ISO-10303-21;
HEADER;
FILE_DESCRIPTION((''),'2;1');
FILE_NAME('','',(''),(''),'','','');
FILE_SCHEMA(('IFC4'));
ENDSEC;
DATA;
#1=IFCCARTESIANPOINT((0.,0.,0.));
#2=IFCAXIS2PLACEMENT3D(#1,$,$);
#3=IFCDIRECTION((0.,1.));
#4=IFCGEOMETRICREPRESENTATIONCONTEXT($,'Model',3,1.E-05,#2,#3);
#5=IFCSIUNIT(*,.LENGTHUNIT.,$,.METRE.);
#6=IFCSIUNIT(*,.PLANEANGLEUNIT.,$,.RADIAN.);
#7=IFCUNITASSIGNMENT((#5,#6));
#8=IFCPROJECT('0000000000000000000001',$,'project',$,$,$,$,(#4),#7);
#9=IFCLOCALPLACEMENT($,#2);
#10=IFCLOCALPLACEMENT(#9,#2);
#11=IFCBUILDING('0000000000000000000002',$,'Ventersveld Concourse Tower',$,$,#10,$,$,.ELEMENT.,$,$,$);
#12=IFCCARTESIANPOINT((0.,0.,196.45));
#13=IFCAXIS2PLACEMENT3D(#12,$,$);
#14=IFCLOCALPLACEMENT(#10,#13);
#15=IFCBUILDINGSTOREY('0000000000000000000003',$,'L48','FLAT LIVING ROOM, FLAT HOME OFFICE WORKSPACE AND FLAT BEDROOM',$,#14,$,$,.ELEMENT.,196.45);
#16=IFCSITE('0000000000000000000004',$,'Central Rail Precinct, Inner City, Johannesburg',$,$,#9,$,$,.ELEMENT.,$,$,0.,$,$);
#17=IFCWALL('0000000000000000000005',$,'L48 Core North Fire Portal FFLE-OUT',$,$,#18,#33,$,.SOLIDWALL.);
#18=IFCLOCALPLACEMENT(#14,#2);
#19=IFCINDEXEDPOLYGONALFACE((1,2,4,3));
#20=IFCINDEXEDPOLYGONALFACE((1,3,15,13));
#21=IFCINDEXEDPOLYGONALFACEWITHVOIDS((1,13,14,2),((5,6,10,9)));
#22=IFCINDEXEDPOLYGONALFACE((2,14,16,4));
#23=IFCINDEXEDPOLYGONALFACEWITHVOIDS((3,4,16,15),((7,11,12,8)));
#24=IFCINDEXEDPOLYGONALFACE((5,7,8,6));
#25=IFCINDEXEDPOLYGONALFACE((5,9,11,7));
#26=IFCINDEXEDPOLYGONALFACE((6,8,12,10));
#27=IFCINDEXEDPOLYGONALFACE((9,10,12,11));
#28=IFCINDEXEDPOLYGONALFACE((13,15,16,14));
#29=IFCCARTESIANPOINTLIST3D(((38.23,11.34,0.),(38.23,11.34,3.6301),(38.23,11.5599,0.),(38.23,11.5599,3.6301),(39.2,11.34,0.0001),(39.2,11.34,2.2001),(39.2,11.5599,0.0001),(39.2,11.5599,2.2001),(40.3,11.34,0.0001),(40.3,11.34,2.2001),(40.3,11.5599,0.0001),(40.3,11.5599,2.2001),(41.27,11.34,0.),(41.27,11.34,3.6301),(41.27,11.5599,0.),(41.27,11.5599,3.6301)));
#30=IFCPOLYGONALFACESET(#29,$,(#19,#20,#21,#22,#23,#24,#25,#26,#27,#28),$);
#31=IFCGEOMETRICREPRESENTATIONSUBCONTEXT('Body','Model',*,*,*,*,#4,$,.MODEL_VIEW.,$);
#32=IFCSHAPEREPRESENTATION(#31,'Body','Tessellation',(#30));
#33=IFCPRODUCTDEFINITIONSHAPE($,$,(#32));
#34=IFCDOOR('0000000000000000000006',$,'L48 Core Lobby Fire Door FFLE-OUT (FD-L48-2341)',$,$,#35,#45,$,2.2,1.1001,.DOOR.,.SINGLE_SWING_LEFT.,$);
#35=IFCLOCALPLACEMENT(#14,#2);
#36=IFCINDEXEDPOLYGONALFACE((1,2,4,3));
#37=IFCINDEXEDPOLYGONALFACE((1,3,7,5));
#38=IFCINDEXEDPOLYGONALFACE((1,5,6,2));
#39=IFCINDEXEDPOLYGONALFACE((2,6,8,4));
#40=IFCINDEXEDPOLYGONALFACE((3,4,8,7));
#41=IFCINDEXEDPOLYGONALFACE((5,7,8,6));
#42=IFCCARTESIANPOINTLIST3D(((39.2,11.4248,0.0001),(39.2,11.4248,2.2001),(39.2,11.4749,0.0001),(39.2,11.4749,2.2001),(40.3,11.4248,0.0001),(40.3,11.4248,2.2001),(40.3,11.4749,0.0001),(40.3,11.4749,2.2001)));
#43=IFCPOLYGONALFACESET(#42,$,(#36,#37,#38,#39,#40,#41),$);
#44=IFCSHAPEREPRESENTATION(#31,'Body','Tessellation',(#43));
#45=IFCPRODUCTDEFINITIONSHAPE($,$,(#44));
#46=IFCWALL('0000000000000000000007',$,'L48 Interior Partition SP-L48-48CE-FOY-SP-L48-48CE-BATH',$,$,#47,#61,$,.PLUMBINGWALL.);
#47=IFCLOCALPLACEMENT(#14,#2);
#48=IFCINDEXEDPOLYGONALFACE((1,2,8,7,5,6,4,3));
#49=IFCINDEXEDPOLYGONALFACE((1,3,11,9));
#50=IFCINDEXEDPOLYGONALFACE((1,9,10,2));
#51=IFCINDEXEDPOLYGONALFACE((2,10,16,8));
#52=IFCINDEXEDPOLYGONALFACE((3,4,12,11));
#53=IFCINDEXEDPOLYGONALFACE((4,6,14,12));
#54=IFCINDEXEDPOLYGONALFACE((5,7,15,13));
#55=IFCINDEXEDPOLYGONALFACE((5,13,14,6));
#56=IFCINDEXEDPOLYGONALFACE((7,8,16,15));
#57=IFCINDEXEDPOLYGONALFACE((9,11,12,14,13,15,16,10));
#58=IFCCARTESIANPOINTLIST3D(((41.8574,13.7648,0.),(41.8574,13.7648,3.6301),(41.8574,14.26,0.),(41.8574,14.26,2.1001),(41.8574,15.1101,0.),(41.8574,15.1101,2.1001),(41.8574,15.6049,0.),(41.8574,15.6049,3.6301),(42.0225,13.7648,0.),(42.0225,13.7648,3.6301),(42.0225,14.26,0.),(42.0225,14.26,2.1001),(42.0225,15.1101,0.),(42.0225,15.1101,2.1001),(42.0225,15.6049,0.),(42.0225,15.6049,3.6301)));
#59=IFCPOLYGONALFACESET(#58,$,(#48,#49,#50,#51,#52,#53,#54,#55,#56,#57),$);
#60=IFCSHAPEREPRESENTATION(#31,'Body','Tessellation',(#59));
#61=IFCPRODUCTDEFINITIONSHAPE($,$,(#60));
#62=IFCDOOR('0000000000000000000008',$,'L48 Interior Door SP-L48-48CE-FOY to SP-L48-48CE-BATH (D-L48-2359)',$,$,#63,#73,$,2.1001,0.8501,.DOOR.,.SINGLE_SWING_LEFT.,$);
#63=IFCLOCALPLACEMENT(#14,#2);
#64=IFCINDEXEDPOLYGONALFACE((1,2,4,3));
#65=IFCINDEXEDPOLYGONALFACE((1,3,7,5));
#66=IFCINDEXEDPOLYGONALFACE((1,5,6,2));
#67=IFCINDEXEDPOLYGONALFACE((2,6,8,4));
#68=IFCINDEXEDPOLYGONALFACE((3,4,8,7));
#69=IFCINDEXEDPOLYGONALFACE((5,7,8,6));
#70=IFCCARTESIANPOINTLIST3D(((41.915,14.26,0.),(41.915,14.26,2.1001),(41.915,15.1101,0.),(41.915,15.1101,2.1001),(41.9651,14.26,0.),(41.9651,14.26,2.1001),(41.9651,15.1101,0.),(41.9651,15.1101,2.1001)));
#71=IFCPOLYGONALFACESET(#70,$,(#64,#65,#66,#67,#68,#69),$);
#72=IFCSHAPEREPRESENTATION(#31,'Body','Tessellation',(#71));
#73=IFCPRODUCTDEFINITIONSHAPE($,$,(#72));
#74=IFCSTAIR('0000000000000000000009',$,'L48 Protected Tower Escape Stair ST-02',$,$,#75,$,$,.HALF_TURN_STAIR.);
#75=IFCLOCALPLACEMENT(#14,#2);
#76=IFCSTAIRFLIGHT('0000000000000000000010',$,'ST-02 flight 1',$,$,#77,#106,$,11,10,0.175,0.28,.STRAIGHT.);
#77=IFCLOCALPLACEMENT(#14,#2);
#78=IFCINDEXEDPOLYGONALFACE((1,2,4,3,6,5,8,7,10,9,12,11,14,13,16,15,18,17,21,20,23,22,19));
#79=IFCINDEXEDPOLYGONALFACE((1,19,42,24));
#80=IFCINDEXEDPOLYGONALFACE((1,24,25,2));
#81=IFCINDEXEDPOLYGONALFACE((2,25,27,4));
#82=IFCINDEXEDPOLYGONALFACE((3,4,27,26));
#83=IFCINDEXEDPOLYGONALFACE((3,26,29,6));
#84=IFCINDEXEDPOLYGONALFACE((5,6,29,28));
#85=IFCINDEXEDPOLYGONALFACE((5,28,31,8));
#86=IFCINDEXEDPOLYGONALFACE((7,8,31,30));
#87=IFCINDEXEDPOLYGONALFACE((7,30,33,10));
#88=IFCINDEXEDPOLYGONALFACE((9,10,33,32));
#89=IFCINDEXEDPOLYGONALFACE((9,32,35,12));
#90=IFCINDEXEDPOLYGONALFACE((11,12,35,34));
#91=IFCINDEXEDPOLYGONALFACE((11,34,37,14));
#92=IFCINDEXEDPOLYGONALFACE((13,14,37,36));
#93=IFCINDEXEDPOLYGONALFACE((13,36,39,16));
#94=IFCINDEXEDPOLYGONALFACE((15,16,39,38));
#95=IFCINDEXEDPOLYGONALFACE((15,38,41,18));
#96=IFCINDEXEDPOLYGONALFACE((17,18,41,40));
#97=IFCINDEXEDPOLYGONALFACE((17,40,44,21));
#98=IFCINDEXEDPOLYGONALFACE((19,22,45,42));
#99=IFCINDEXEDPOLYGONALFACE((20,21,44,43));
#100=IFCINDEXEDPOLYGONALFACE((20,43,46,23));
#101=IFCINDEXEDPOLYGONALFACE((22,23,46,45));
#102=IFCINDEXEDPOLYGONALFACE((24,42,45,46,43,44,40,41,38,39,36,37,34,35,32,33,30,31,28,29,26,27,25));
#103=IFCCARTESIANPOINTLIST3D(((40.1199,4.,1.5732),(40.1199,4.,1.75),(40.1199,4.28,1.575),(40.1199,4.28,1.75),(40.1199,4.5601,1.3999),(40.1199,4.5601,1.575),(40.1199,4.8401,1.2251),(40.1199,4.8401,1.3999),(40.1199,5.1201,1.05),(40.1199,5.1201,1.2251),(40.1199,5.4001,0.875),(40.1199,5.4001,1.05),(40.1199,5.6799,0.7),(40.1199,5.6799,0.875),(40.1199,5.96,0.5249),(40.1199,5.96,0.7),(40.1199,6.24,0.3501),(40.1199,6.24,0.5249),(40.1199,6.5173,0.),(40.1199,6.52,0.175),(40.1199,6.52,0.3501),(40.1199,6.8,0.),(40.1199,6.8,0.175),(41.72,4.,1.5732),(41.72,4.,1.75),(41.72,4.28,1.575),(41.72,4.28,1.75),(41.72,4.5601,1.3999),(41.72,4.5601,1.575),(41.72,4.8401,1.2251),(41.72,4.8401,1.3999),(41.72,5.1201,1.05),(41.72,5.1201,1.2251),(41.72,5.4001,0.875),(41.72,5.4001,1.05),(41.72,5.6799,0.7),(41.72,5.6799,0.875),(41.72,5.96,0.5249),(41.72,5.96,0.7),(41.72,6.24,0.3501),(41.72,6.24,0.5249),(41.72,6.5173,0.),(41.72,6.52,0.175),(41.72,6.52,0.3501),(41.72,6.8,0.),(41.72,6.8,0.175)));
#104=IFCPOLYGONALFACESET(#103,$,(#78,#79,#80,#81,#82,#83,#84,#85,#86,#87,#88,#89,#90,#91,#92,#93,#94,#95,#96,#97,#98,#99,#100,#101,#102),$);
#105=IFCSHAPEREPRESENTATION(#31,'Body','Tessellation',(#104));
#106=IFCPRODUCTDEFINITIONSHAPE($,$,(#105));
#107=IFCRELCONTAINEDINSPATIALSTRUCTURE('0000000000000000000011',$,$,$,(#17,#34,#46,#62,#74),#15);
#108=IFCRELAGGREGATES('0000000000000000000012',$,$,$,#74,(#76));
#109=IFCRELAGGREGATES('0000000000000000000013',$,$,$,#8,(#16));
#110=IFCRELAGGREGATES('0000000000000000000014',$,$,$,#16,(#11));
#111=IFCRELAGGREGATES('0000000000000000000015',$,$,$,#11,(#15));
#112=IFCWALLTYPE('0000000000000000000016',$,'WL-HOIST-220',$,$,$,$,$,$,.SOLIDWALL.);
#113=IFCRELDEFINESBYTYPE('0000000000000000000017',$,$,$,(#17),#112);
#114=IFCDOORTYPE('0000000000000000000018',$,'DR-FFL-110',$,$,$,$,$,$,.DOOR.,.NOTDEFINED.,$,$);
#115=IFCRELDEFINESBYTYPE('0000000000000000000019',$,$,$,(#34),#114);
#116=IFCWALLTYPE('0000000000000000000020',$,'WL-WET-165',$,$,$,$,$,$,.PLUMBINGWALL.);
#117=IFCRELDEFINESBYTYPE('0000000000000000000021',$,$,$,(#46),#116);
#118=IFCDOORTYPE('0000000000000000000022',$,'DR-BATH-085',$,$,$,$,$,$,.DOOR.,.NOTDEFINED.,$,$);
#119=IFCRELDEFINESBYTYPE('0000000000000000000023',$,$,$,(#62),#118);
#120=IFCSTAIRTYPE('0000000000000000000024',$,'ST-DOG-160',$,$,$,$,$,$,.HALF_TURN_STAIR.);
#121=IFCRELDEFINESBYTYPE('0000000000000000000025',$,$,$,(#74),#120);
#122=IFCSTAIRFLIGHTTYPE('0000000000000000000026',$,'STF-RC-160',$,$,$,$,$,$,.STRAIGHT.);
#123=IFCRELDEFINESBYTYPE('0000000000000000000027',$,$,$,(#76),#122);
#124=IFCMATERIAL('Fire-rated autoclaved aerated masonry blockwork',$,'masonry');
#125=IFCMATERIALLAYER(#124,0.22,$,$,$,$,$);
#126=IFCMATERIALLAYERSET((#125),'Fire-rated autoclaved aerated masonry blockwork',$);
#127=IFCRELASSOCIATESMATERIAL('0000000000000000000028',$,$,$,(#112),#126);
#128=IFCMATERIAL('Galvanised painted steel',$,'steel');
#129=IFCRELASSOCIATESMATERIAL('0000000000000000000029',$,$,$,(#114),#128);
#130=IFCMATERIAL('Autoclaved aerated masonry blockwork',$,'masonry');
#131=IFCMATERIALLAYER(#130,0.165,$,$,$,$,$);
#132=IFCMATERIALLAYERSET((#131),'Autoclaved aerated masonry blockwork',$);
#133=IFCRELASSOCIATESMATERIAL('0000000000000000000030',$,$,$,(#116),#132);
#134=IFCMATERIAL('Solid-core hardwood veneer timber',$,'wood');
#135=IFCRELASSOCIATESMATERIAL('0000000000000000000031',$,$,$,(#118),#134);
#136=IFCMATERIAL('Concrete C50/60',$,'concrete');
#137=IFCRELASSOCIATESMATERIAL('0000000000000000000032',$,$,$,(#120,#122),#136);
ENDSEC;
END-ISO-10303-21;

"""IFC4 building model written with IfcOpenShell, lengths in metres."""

from ifc_helpers import new_model, si_unit, direction, frame, frame_2d, origin, place, context, subcontext, project, spatial, polyline, rectangle, outline, extrude, material, layer, layer_set, type_object, element, fill, aggregate, save


model = new_model("IFC4")

# Units and contexts
model_context = context("Model", 3, precision=1e-05, world=origin(), true_north=direction((0.0, 1.0)))
body_context = subcontext(model_context, "Body", "Model", "MODEL_VIEW")
ifc_project = project(units=[si_unit("LENGTHUNIT", "METRE"), si_unit("PLANEANGLEUNIT", "RADIAN")], contexts=[model_context])

# Site, building, storey
site_placement = place(None, origin())
site = spatial("IfcSite", under=ifc_project, at=site_placement, Name="Central Rail Precinct, Inner City, Johannesburg", CompositionType="ELEMENT", RefElevation=0.0)
building_placement = place(site_placement, origin())
building = spatial("IfcBuilding", under=site, at=building_placement, Name="Ventersveld Concourse Tower", CompositionType="ELEMENT")
storey_placement = place(building_placement, frame((0.0, 0.0, 196.45)))
storey = spatial("IfcBuildingStorey", under=building, at=storey_placement, Name="L48", Description="FLAT LIVING ROOM, FLAT HOME OFFICE WORKSPACE AND FLAT BEDROOM", CompositionType="ELEMENT", Elevation=196.45)

# Shared definitions
ifc_material_1 = material(Name="Concrete C50/60", Category="concrete")

# Shared definitions
ifc_material_2 = material(Name="Fire-rated autoclaved aerated masonry blockwork", Category="masonry")
ifc_layer_1 = layer(ifc_material_2, 0.22)
ifc_layer_set_1 = layer_set([ifc_layer_1], Name="Fire-rated autoclaved aerated masonry blockwork")
wall_type_1 = type_object("IfcWallType", Name="WL-HOIST-220", PredefinedType="SOLIDWALL", material=ifc_layer_set_1)

# Walls, openings, doors
ifc_material_3 = material(Name="Galvanised painted steel", Category="steel")
wall_1_placement = place(storey_placement, frame((38.23, 11.45, 0.0), z_axis=(0.0, 0.0, 1.0), x_axis=(1.0, 0.0, 0.0)))
wall_1 = element("IfcWall", 1, at=wall_1_placement, inside=storey, type_object=wall_type_1, Name="L48 Core North Fire Portal FFLE-OUT", PredefinedType="SOLIDWALL", context=body_context, shape_type="SweptSolid", body=[
    extrude(rectangle(XDim=3.04, YDim=0.22, at=frame_2d((1.52, 0.0))), origin(), (0.0, 0.0, 1.0), 3.6301),
])
opening_1_placement = place(wall_1_placement, frame((0.97, 0.0, 0.0)))
opening_1 = element("IfcOpeningElement", 2, at=opening_1_placement, cuts=wall_1, PredefinedType="OPENING", context=body_context, shape_type="SweptSolid", body=[
    extrude(rectangle(XDim=1.1001, YDim=2.2, at=frame_2d((0.55, 1.1001))), frame((0.0, 0.1201, 0.0), z_axis=(0.0, -1.0, 0.0), x_axis=(1.0, 0.0, 0.0)), (0.0, 0.0, 1.0), 0.24),
])
door_type_1 = type_object("IfcDoorType", Name="DR-FFL-110", OperationType="NOTDEFINED", PredefinedType="DOOR", material=ifc_material_3)
door_1_placement = place(opening_1_placement, origin())
door_1 = element("IfcDoor", 3, at=door_1_placement, inside=storey, type_object=door_type_1, Name="L48 Core Lobby Fire Door FFLE-OUT (FD-L48-2341)", OperationType="SINGLE_SWING_LEFT", OverallHeight=2.2, OverallWidth=1.1001, PredefinedType="DOOR", context=body_context, shape_type="SweptSolid", body=[
    extrude(rectangle(XDim=1.1001, YDim=2.2, at=frame_2d((0.55, 1.1001))), frame((0.0, 0.0249, 0.0), z_axis=(0.0, -1.0, 0.0), x_axis=(1.0, 0.0, 0.0)), (0.0, 0.0, 1.0), 0.05),
])
fill(opening_1, door_1)
ifc_material_4 = material(Name="Autoclaved aerated masonry blockwork", Category="masonry")
ifc_layer_2 = layer(ifc_material_4, 0.165)
ifc_layer_set_2 = layer_set([ifc_layer_2], Name="Autoclaved aerated masonry blockwork")
wall_type_2 = type_object("IfcWallType", Name="WL-WET-165", PredefinedType="PLUMBINGWALL", material=ifc_layer_set_2)
wall_2_placement = place(storey_placement, frame((41.9399, 13.7649, 0.0), z_axis=(0.0, 0.0, 1.0), x_axis=(0.0, 1.0, 0.0)))
wall_2 = element("IfcWall", 4, at=wall_2_placement, inside=storey, type_object=wall_type_2, Name="L48 Interior Partition SP-L48-48CE-FOY-SP-L48-48CE-BATH", PredefinedType="PLUMBINGWALL", context=body_context, shape_type="SweptSolid", body=[
    extrude(rectangle(XDim=1.8401, YDim=0.165, at=frame_2d((0.9199, 0.0))), origin(), (0.0, 0.0, 1.0), 3.6301),
])
opening_2_placement = place(wall_2_placement, frame((0.4951, 0.0, 0.0)))
opening_2 = element("IfcOpeningElement", 5, at=opening_2_placement, cuts=wall_2, PredefinedType="OPENING", context=body_context, shape_type="SweptSolid", body=[
    extrude(rectangle(XDim=0.8501, YDim=2.1001, at=frame_2d((0.425, 1.05))), frame((0.0, 0.0925, 0.0), z_axis=(0.0, -1.0, 0.0), x_axis=(1.0, 0.0, 0.0)), (0.0, 0.0, 1.0), 0.1851),
])
ifc_material_5 = material(Name="Solid-core hardwood veneer timber", Category="wood")
door_type_2 = type_object("IfcDoorType", Name="DR-BATH-085", OperationType="NOTDEFINED", PredefinedType="DOOR", material=ifc_material_5)
door_2_placement = place(opening_2_placement, origin())
door_2 = element("IfcDoor", 6, at=door_2_placement, inside=storey, type_object=door_type_2, Name="L48 Interior Door SP-L48-48CE-FOY to SP-L48-48CE-BATH (D-L48-2359)", OperationType="SINGLE_SWING_LEFT", OverallHeight=2.1001, OverallWidth=0.8501, PredefinedType="DOOR", context=body_context, shape_type="SweptSolid", body=[
    extrude(rectangle(XDim=0.8501, YDim=2.1001, at=frame_2d((0.425, 1.05))), frame((0.0, 0.0249, 0.0), z_axis=(0.0, -1.0, 0.0), x_axis=(1.0, 0.0, 0.0)), (0.0, 0.0, 1.0), 0.05),
])
fill(opening_2, door_2)

# Stair, stair flight
stair_type = type_object("IfcStairType", Name="ST-DOG-160", PredefinedType="HALF_TURN_STAIR", material=ifc_material_1)
stair_placement = place(storey_placement, origin())
stair = element("IfcStair", 7, at=stair_placement, inside=storey, type_object=stair_type, Name="L48 Protected Tower Escape Stair ST-02", PredefinedType="HALF_TURN_STAIR")
stair_flight_type = type_object("IfcStairFlightType", Name="STF-RC-160", PredefinedType="STRAIGHT", material=ifc_material_1)
stair_flight_placement = place(storey_placement, frame((40.9199, 6.8, 0.0), z_axis=(0.0, 0.0, 1.0), x_axis=(0.0, -1.0, 0.0)))
stair_flight = element("IfcStairFlight", 8, at=stair_flight_placement, type_object=stair_flight_type, Name="ST-02 flight 1", NumberOfRisers=11, NumberOfTreads=10, PredefinedType="STRAIGHT", RiserHeight=0.175, TreadLength=0.28, context=body_context, shape_type="SweptSolid", body=[
    extrude(outline(polyline([(0.0, 0.0), (0.0, 0.175), (0.28, 0.175), (0.28, 0.3501), (0.5601, 0.3501), (0.5601, 0.5249), (0.8401, 0.5249), (0.8401, 0.7), (1.1201, 0.7), (1.1201, 0.875), (1.3999, 0.875), (1.3999, 1.05), (1.6799, 1.05), (1.6799, 1.2251), (1.96, 1.2251), (1.96, 1.3999), (2.24, 1.3999), (2.24, 1.575), (2.52, 1.575), (2.52, 1.75), (2.8, 1.75), (2.8, 1.925), (2.8, 1.5732), (0.2827, 0.0), (0.0, 0.0)])), frame((0.0, 0.8, 0.0), z_axis=(0.0, -1.0, 0.0), x_axis=(1.0, 0.0, 0.0)), (0.0, 0.0, 1.0), 1.6001),
])
aggregate(stair, [stair_flight])

save(model, "model.ifc")
